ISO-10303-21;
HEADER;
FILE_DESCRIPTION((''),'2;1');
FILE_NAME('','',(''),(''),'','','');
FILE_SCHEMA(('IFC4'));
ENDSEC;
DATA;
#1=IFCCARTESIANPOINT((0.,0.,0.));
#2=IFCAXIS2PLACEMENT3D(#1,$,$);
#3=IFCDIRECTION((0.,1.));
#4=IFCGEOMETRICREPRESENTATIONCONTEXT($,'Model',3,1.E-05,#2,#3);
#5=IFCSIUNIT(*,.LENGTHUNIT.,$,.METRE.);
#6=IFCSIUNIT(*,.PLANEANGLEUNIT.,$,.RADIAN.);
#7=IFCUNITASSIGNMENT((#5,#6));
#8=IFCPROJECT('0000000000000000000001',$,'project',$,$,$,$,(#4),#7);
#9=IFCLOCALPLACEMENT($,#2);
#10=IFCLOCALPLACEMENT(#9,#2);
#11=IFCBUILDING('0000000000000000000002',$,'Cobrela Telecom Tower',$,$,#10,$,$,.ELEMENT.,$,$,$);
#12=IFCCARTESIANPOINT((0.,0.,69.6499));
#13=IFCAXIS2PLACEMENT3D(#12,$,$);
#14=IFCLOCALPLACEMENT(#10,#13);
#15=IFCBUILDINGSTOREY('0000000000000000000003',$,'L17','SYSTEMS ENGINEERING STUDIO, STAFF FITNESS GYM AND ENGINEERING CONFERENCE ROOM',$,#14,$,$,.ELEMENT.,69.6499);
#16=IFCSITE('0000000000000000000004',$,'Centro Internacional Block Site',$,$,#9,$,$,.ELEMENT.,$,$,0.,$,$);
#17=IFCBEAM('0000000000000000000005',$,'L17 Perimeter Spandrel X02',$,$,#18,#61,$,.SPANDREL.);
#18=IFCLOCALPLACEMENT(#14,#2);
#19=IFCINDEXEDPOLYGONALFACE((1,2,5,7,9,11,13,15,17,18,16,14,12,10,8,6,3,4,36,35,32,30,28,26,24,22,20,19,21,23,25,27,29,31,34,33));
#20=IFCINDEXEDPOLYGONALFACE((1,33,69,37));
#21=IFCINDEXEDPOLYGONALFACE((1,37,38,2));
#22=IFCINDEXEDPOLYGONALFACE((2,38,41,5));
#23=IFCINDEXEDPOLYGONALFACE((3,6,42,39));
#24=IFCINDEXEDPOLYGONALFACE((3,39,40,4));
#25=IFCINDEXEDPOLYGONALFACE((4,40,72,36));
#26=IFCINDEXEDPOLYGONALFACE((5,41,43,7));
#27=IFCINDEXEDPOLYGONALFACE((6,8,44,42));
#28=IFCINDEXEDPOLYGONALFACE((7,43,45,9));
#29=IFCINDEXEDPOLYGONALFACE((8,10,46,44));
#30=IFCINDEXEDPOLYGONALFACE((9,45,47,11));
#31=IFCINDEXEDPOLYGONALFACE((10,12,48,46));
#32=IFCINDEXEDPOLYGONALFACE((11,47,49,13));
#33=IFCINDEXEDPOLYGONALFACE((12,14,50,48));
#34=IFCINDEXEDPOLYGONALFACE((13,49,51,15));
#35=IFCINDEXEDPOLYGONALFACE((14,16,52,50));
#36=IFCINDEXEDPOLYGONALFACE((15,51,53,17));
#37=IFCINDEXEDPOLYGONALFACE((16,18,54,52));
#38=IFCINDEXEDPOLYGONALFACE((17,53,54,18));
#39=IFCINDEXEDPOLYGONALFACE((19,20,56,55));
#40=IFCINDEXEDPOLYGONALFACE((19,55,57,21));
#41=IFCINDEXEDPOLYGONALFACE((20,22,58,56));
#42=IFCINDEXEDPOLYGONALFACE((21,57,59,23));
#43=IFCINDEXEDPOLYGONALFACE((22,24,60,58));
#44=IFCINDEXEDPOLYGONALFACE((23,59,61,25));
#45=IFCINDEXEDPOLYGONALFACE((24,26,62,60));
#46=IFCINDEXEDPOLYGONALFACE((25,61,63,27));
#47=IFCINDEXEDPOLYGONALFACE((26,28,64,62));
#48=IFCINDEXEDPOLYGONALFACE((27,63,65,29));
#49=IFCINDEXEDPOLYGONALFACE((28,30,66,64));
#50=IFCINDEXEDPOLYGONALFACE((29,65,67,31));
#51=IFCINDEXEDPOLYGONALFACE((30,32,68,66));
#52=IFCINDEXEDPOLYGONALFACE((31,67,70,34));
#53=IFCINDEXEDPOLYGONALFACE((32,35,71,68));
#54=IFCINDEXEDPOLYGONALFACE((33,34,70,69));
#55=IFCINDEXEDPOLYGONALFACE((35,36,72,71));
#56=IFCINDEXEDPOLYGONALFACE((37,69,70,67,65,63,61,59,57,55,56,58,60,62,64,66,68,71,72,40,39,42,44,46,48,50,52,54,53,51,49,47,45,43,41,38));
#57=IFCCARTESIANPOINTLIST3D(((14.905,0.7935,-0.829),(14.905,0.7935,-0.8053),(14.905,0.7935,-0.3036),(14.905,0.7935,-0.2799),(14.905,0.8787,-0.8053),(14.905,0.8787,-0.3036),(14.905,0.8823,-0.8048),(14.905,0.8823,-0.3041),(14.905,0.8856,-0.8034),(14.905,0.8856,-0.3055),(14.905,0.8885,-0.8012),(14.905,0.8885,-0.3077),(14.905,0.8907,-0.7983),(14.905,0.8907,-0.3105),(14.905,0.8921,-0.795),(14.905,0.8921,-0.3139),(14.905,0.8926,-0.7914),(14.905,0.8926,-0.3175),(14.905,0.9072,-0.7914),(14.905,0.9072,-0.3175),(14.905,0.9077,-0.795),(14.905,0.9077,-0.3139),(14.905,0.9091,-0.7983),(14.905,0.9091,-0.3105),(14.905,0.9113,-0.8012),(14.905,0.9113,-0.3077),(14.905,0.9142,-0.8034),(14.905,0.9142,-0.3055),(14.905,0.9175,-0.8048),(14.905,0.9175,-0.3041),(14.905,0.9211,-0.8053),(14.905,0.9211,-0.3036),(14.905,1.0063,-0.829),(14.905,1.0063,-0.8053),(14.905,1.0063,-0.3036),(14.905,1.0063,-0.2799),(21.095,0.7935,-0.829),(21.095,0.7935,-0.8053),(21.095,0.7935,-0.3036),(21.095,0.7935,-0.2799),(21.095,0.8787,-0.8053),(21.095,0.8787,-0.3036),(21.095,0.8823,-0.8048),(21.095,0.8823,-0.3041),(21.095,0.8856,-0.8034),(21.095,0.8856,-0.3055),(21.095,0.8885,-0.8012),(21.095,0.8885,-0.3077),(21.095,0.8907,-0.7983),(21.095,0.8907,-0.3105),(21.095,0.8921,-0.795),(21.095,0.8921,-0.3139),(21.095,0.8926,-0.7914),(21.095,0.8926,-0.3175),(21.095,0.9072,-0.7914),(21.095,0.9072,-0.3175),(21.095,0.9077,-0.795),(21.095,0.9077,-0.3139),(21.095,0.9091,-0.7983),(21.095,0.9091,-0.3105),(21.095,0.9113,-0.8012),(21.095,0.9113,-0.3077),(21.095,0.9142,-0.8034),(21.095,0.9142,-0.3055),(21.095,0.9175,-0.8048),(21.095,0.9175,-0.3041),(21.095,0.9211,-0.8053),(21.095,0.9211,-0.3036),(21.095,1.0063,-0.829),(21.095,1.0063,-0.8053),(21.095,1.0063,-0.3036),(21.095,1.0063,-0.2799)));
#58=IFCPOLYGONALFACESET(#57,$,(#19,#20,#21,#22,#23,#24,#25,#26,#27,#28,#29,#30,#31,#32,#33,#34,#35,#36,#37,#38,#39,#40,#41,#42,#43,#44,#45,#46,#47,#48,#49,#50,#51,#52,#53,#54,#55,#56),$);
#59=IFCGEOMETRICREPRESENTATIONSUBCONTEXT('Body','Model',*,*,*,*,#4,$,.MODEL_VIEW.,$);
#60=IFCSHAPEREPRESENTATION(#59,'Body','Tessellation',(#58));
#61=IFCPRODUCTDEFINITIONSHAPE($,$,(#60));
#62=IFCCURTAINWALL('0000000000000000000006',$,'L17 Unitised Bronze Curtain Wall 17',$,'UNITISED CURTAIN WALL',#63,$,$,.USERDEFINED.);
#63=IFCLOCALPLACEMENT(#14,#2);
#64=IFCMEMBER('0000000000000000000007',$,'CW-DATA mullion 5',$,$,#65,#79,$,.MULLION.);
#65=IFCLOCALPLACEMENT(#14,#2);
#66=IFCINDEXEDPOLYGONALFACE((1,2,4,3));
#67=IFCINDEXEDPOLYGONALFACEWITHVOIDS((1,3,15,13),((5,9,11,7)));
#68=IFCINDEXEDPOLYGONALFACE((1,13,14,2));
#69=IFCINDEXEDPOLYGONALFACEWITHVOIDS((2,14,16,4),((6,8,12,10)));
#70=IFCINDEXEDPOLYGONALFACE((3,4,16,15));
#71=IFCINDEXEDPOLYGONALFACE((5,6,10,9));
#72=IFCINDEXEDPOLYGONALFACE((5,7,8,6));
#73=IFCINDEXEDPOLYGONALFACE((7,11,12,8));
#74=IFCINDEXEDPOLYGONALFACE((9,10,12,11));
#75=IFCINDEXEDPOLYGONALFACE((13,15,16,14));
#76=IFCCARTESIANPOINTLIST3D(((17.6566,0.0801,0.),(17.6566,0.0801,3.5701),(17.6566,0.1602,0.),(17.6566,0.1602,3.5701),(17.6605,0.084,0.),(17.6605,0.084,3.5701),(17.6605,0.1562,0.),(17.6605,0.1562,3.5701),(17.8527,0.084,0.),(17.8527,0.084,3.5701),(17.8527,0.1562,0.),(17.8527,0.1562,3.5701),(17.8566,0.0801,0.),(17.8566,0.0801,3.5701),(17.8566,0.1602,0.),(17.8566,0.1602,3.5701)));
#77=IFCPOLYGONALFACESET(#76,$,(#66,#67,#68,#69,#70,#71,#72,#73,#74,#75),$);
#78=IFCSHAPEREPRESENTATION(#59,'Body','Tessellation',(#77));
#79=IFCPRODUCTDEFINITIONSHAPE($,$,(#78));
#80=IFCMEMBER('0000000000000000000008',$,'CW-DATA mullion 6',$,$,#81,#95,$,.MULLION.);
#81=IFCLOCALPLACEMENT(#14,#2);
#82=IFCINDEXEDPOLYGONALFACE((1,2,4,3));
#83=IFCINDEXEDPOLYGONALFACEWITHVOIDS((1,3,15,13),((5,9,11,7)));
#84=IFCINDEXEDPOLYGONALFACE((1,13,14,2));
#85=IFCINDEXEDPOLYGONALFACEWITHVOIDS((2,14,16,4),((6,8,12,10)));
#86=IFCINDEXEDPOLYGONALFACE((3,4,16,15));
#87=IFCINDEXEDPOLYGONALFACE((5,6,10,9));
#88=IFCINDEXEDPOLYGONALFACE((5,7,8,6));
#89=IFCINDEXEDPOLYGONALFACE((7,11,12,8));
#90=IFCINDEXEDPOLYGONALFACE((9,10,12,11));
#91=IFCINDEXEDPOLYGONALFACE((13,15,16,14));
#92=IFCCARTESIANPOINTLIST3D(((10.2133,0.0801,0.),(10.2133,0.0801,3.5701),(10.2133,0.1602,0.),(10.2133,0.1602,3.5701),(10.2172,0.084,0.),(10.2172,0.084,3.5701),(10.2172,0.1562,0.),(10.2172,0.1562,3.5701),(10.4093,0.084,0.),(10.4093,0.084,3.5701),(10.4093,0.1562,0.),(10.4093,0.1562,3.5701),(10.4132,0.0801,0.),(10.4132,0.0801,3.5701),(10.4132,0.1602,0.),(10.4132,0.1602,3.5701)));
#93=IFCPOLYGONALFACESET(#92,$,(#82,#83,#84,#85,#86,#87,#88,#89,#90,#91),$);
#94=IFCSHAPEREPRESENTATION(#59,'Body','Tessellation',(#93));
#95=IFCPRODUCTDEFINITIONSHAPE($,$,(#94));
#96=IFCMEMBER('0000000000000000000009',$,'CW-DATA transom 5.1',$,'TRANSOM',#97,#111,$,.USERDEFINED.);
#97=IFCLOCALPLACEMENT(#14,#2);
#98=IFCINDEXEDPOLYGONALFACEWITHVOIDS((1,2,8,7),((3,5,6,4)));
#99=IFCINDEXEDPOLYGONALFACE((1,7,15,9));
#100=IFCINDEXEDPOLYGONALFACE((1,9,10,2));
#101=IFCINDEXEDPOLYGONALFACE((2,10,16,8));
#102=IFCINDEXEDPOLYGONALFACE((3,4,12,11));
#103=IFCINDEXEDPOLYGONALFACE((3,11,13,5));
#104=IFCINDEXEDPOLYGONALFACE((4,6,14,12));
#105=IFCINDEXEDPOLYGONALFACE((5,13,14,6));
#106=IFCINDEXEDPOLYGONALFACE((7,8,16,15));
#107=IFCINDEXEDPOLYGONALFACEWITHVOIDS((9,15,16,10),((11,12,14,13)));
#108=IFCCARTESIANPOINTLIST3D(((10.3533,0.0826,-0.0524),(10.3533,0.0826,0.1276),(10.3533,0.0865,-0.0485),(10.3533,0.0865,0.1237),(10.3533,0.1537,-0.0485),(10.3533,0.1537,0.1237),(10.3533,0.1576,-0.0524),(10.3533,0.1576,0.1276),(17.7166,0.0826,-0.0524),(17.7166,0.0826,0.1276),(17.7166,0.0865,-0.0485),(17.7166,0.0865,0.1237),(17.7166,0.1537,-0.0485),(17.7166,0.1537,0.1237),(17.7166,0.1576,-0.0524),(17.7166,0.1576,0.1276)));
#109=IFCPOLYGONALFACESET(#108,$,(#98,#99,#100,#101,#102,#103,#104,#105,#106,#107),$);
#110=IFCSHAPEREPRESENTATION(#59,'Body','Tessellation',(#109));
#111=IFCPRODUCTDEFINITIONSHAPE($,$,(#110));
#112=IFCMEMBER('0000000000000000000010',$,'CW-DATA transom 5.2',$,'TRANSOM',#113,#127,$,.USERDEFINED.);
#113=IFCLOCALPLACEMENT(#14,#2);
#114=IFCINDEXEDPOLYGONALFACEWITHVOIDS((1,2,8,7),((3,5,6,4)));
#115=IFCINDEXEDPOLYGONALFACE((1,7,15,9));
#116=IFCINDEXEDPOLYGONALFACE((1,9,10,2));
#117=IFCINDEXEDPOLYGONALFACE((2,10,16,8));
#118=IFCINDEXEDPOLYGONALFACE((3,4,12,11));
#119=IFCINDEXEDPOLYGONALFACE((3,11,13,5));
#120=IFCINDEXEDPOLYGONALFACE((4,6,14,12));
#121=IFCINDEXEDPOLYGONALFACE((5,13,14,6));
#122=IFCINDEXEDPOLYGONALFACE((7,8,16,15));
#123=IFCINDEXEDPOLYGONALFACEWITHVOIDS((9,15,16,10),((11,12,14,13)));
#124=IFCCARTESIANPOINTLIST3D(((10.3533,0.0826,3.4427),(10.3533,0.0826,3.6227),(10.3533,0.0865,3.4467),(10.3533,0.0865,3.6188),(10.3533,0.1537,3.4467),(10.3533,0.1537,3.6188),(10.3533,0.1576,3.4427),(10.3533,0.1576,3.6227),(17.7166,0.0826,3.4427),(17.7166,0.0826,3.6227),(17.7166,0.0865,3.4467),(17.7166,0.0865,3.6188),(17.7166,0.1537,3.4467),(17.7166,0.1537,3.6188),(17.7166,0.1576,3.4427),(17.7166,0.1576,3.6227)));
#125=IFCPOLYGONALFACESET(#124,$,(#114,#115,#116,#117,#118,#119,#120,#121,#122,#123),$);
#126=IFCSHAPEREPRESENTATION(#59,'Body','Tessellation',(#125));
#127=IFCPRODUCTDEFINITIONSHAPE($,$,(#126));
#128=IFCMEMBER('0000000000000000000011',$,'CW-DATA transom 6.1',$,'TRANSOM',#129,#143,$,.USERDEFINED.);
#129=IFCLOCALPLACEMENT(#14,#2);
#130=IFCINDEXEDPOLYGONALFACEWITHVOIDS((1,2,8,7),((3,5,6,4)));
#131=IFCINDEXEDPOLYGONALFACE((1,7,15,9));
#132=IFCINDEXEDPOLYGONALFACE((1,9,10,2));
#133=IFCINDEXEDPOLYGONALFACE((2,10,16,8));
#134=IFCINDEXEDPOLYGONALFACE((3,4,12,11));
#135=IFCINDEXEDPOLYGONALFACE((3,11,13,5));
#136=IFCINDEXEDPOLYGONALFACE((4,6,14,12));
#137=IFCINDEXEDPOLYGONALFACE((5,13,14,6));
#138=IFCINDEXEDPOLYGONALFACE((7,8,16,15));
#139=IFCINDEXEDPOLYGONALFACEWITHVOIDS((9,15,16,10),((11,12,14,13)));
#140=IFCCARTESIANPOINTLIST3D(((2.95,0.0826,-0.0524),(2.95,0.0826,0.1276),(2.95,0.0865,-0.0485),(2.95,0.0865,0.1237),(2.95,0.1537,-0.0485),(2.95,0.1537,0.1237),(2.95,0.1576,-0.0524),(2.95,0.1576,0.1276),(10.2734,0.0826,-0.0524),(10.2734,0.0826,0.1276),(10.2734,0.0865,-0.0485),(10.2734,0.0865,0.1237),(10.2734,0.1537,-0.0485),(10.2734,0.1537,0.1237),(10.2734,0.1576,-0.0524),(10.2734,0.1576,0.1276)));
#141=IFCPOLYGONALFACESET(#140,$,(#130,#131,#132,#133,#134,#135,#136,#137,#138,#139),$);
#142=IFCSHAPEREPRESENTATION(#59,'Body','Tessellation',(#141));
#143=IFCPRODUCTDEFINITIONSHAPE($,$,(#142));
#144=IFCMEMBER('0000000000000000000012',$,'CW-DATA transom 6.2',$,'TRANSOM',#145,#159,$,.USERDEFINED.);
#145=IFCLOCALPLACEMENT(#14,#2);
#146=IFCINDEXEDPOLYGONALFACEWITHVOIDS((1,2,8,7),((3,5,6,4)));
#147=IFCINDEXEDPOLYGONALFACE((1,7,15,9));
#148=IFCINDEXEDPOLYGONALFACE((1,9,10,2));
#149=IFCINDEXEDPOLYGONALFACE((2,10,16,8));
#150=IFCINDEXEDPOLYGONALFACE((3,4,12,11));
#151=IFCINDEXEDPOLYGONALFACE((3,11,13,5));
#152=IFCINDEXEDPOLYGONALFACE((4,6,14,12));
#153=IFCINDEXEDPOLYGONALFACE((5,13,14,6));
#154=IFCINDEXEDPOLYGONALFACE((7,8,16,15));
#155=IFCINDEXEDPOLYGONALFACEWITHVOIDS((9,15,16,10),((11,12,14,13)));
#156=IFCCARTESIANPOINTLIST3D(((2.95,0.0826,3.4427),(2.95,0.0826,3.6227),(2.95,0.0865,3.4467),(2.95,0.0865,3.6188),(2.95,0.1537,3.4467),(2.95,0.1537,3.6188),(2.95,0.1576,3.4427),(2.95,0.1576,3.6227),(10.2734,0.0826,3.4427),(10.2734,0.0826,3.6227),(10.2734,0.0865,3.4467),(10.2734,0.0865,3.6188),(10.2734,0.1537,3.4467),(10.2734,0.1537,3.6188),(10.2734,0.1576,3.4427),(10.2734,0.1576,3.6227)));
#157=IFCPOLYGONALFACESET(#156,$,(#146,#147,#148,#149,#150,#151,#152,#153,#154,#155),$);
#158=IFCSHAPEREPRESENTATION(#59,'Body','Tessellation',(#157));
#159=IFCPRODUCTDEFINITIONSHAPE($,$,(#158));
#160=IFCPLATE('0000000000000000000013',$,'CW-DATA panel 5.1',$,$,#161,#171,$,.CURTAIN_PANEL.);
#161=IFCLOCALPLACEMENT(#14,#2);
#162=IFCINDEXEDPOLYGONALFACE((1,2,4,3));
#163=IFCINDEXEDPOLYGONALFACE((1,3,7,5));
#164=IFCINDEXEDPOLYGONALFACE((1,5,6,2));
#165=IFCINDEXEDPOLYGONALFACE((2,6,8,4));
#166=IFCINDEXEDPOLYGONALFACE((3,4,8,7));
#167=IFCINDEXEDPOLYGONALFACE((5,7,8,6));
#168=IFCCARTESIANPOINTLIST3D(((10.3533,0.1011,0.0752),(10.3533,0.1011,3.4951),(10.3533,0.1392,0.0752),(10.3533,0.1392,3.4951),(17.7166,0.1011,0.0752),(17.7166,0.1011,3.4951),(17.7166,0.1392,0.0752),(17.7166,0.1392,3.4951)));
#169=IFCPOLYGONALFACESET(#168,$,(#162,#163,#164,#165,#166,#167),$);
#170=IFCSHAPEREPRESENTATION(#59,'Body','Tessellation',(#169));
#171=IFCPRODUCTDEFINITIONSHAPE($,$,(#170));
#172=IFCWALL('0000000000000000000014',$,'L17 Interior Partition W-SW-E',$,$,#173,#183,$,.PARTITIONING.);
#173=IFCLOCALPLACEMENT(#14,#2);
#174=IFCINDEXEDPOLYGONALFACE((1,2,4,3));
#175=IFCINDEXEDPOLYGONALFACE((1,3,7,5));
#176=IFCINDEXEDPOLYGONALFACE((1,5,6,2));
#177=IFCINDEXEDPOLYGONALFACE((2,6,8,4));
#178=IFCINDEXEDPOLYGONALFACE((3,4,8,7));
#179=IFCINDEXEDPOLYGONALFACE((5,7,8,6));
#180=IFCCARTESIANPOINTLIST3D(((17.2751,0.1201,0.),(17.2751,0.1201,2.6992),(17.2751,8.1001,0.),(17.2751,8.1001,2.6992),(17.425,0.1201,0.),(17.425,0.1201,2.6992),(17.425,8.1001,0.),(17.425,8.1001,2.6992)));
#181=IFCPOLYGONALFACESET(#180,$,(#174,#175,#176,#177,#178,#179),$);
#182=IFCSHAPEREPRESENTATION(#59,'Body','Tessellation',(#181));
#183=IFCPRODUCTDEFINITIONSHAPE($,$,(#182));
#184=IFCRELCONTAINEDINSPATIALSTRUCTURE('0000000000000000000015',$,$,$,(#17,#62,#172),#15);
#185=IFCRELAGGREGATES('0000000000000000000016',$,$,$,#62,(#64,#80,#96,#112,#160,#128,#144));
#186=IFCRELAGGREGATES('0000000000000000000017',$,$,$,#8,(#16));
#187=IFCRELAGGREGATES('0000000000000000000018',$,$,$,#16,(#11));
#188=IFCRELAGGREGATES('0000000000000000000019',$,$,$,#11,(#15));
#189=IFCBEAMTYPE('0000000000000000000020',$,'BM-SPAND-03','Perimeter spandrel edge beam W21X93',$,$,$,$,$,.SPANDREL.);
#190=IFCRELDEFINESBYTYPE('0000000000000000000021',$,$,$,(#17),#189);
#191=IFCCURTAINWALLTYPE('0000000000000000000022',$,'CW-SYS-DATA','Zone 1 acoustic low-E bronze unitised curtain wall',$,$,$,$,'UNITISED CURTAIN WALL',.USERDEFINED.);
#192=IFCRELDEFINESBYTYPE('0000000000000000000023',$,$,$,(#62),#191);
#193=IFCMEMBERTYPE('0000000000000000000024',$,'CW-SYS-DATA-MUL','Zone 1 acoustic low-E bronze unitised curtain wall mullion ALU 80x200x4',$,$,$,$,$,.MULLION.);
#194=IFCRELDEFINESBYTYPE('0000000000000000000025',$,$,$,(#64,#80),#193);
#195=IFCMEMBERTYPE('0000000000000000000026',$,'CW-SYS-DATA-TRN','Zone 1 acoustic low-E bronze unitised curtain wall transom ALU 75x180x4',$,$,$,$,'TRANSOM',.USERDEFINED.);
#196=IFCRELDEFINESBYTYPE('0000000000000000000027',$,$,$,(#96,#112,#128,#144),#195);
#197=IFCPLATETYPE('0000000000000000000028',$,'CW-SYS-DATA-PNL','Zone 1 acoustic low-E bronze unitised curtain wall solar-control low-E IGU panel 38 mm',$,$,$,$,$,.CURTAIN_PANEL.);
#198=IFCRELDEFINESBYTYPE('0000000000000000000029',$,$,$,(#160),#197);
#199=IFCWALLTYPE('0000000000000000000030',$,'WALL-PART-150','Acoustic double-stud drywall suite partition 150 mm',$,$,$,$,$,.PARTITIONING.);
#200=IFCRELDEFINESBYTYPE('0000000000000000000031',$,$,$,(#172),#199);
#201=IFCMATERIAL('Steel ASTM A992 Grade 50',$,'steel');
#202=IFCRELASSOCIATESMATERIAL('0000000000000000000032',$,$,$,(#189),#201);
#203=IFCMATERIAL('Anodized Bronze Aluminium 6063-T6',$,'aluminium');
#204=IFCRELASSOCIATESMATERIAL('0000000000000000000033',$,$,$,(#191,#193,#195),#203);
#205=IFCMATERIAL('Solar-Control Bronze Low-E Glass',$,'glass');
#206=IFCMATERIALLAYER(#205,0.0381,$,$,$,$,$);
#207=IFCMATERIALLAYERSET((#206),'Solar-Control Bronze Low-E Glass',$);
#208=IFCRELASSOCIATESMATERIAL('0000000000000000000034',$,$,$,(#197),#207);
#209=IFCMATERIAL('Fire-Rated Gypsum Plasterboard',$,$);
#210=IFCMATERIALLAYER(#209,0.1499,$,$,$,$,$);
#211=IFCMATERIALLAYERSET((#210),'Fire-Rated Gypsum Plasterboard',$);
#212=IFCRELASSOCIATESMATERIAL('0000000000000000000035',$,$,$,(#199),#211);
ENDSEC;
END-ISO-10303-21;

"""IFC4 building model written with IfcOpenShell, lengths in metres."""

from ifc_helpers import new_model, si_unit, direction, frame, frame_2d, origin, origin_2d, place, context, subcontext, project, spatial, rectangle, hollow_rectangle, i_section, extrude, material, layer, layer_set, material_profile, profile_set, type_object, element, aggregate, save


model = new_model("IFC4")

# Units and contexts
model_context = context("Model", 3, precision=1e-05, world=origin(), true_north=direction((0.0, 1.0)))
body_context = subcontext(model_context, "Body", "Model", "MODEL_VIEW")
ifc_project = project(units=[si_unit("LENGTHUNIT", "METRE"), si_unit("PLANEANGLEUNIT", "RADIAN")], contexts=[model_context])

# Site, building, storey
site_placement = place(None, origin())
site = spatial("IfcSite", under=ifc_project, at=site_placement, Name="Centro Internacional Block Site", CompositionType="ELEMENT", RefElevation=0.0)
building_placement = place(site_placement, origin())
building = spatial("IfcBuilding", under=site, at=building_placement, Name="Cobrela Telecom Tower", CompositionType="ELEMENT")
storey_placement = place(building_placement, frame((0.0, 0.0, 69.6499)))
storey = spatial("IfcBuildingStorey", under=building, at=storey_placement, Name="L17", Description="SYSTEMS ENGINEERING STUDIO, STAFF FITNESS GYM AND ENGINEERING CONFERENCE ROOM", CompositionType="ELEMENT", Elevation=69.6499)

# Beam
ifc_material_1 = material(Name="Steel ASTM A992 Grade 50", Category="steel")
ifc_material_profile_1 = material_profile(ifc_material_1, i_section(OverallWidth=0.2129, OverallDepth=0.5491, WebThickness=0.0146, FlangeThickness=0.0237, FilletRadius=0.0139, at=origin_2d()), Name="W21X93")
ifc_profile_set_1 = profile_set([ifc_material_profile_1], Name="Steel ASTM A992 Grade 50")
beam_type_1 = type_object("IfcBeamType", Name="BM-SPAND-03", Description="Perimeter spandrel edge beam W21X93", PredefinedType="SPANDREL", material=ifc_profile_set_1)
for number, where, z_axis, x_axis, name in (
    (1, (14.905, 0.8999, -0.5544), (1.0, 0.0, 0.0), (0.0, 1.0, 0.0), "L17 Perimeter Spandrel X02"),
):
    element("IfcBeam", number, at=place(storey_placement, frame(where, z_axis=z_axis, x_axis=x_axis)), inside=storey, type_object=beam_type_1, Name=name, PredefinedType="SPANDREL", context=body_context, shape_type="SweptSolid", body=[
        extrude(i_section(OverallWidth=0.2129, OverallDepth=0.5491, WebThickness=0.0146, FlangeThickness=0.0237, FilletRadius=0.0139, at=origin_2d()), origin(), (0.0, 0.0, 1.0), 6.1899),
    ])

# Curtain wall, members, plate
ifc_material_2 = material(Name="Anodized Bronze Aluminium 6063-T6", Category="aluminium")
curtain_wall_type = type_object("IfcCurtainWallType", Name="CW-SYS-DATA", Description="Zone 1 acoustic low-E bronze unitised curtain wall", ElementType="UNITISED CURTAIN WALL", PredefinedType="USERDEFINED", material=ifc_material_2)
curtain_wall_placement = place(storey_placement, origin())
curtain_wall = element("IfcCurtainWall", 2, at=curtain_wall_placement, inside=storey, type_object=curtain_wall_type, Name="L17 Unitised Bronze Curtain Wall 17", ObjectType="UNITISED CURTAIN WALL", PredefinedType="USERDEFINED")
ifc_material_profile_2 = material_profile(ifc_material_2, hollow_rectangle(XDim=0.0801, YDim=0.2, WallThickness=0.0039, at=origin_2d()), Name="ALU 80x200x4")
ifc_profile_set_2 = profile_set([ifc_material_profile_2], Name="Anodized Bronze Aluminium 6063-T6")
member_type_1 = type_object("IfcMemberType", Name="CW-SYS-DATA-MUL", Description="Zone 1 acoustic low-E bronze unitised curtain wall mullion ALU 80x200x4", PredefinedType="MULLION", material=ifc_profile_set_2)
member_1_placement = place(storey_placement, frame((17.7566, 0.1201, 0.0), z_axis=(0.0, 0.0, 1.0), x_axis=(0.0, -1.0, 0.0)))
member_1 = element("IfcMember", 3, at=member_1_placement, type_object=member_type_1, Name="CW-DATA mullion 5", PredefinedType="MULLION", context=body_context, shape_type="SweptSolid", body=[
    extrude(hollow_rectangle(XDim=0.0801, YDim=0.2, WallThickness=0.0039, at=origin_2d()), origin(), (0.0, 0.0, 1.0), 3.5701),
])
member_2_placement = place(storey_placement, frame((10.3132, 0.1201, 0.0), z_axis=(0.0, 0.0, 1.0), x_axis=(0.0, -1.0, 0.0)))
member_2 = element("IfcMember", 4, at=member_2_placement, type_object=member_type_1, Name="CW-DATA mullion 6", PredefinedType="MULLION", context=body_context, shape_type="SweptSolid", body=[
    extrude(hollow_rectangle(XDim=0.0801, YDim=0.2, WallThickness=0.0039, at=origin_2d()), origin(), (0.0, 0.0, 1.0), 3.5701),
])
ifc_material_profile_3 = material_profile(ifc_material_2, hollow_rectangle(XDim=0.075, YDim=0.1799, WallThickness=0.0039, at=origin_2d()), Name="ALU 75x180x4")
ifc_profile_set_3 = profile_set([ifc_material_profile_3], Name="Anodized Bronze Aluminium 6063-T6")
member_type_2 = type_object("IfcMemberType", Name="CW-SYS-DATA-TRN", Description="Zone 1 acoustic low-E bronze unitised curtain wall transom ALU 75x180x4", ElementType="TRANSOM", PredefinedType="USERDEFINED", material=ifc_profile_set_3)
member_3_placement = place(storey_placement, frame((17.7166, 0.1201, 0.0376), z_axis=(-1.0, 0.0, 0.0), x_axis=(0.0, -1.0, 0.0)))
member_3 = element("IfcMember", 5, at=member_3_placement, type_object=member_type_2, Name="CW-DATA transom 5.1", ObjectType="TRANSOM", PredefinedType="USERDEFINED", context=body_context, shape_type="SweptSolid", body=[
    extrude(hollow_rectangle(XDim=0.075, YDim=0.1799, WallThickness=0.0039, at=origin_2d()), origin(), (0.0, 0.0, 1.0), 7.3633),
])
member_4_placement = place(storey_placement, frame((17.7166, 0.1201, 3.5327), z_axis=(-1.0, 0.0, 0.0), x_axis=(0.0, -1.0, 0.0)))
member_4 = element("IfcMember", 6, at=member_4_placement, type_object=member_type_2, Name="CW-DATA transom 5.2", ObjectType="TRANSOM", PredefinedType="USERDEFINED", context=body_context, shape_type="SweptSolid", body=[
    extrude(hollow_rectangle(XDim=0.075, YDim=0.1799, WallThickness=0.0039, at=origin_2d()), origin(), (0.0, 0.0, 1.0), 7.3633),
])
member_5_placement = place(storey_placement, frame((10.2734, 0.1201, 0.0376), z_axis=(-1.0, 0.0, 0.0), x_axis=(0.0, -1.0, 0.0)))
member_5 = element("IfcMember", 7, at=member_5_placement, type_object=member_type_2, Name="CW-DATA transom 6.1", ObjectType="TRANSOM", PredefinedType="USERDEFINED", context=body_context, shape_type="SweptSolid", body=[
    extrude(hollow_rectangle(XDim=0.075, YDim=0.1799, WallThickness=0.0039, at=origin_2d()), origin(), (0.0, 0.0, 1.0), 7.3235),
])
member_6_placement = place(storey_placement, frame((10.2734, 0.1201, 3.5327), z_axis=(-1.0, 0.0, 0.0), x_axis=(0.0, -1.0, 0.0)))
member_6 = element("IfcMember", 8, at=member_6_placement, type_object=member_type_2, Name="CW-DATA transom 6.2", ObjectType="TRANSOM", PredefinedType="USERDEFINED", context=body_context, shape_type="SweptSolid", body=[
    extrude(hollow_rectangle(XDim=0.075, YDim=0.1799, WallThickness=0.0039, at=origin_2d()), origin(), (0.0, 0.0, 1.0), 7.3235),
])
ifc_material_3 = material(Name="Solar-Control Bronze Low-E Glass", Category="glass")
ifc_layer_1 = layer(ifc_material_3, 0.0381)
ifc_layer_set_1 = layer_set([ifc_layer_1], Name="Solar-Control Bronze Low-E Glass")
plate_type = type_object("IfcPlateType", Name="CW-SYS-DATA-PNL", Description="Zone 1 acoustic low-E bronze unitised curtain wall solar-control low-E IGU panel 38 mm", PredefinedType="CURTAIN_PANEL", material=ifc_layer_set_1)
plate_placement = place(storey_placement, frame((14.0349, 0.1201, 0.0752), z_axis=(0.0, 0.0, 1.0), x_axis=(-1.0, 0.0, 0.0)))
plate = element("IfcPlate", 9, at=plate_placement, type_object=plate_type, Name="CW-DATA panel 5.1", PredefinedType="CURTAIN_PANEL", context=body_context, shape_type="SweptSolid", body=[
    extrude(rectangle(XDim=7.3633, YDim=0.0381, at=origin_2d()), origin(), (0.0, 0.0, 1.0), 3.4199),
])
aggregate(curtain_wall, [member_1, member_2, member_3, member_4, plate, member_5, member_6])

# Wall
ifc_material_4 = material(Name="Fire-Rated Gypsum Plasterboard")
ifc_layer_2 = layer(ifc_material_4, 0.1499)
ifc_layer_set_2 = layer_set([ifc_layer_2], Name="Fire-Rated Gypsum Plasterboard")
wall_type = type_object("IfcWallType", Name="WALL-PART-150", Description="Acoustic double-stud drywall suite partition 150 mm", PredefinedType="PARTITIONING", material=ifc_layer_set_2)
wall_placement = place(storey_placement, frame((17.3501, 0.1201, 0.0), z_axis=(0.0, 0.0, 1.0), x_axis=(0.0, 1.0, 0.0)))
element("IfcWall", 10, at=wall_placement, inside=storey, type_object=wall_type, Name="L17 Interior Partition W-SW-E", PredefinedType="PARTITIONING", context=body_context, shape_type="SweptSolid", body=[
    extrude(rectangle(XDim=7.98, YDim=0.1499, at=frame_2d((3.99, 0.0))), origin(), (0.0, 0.0, 1.0), 2.6992),
])

save(model, "model.ifc")
